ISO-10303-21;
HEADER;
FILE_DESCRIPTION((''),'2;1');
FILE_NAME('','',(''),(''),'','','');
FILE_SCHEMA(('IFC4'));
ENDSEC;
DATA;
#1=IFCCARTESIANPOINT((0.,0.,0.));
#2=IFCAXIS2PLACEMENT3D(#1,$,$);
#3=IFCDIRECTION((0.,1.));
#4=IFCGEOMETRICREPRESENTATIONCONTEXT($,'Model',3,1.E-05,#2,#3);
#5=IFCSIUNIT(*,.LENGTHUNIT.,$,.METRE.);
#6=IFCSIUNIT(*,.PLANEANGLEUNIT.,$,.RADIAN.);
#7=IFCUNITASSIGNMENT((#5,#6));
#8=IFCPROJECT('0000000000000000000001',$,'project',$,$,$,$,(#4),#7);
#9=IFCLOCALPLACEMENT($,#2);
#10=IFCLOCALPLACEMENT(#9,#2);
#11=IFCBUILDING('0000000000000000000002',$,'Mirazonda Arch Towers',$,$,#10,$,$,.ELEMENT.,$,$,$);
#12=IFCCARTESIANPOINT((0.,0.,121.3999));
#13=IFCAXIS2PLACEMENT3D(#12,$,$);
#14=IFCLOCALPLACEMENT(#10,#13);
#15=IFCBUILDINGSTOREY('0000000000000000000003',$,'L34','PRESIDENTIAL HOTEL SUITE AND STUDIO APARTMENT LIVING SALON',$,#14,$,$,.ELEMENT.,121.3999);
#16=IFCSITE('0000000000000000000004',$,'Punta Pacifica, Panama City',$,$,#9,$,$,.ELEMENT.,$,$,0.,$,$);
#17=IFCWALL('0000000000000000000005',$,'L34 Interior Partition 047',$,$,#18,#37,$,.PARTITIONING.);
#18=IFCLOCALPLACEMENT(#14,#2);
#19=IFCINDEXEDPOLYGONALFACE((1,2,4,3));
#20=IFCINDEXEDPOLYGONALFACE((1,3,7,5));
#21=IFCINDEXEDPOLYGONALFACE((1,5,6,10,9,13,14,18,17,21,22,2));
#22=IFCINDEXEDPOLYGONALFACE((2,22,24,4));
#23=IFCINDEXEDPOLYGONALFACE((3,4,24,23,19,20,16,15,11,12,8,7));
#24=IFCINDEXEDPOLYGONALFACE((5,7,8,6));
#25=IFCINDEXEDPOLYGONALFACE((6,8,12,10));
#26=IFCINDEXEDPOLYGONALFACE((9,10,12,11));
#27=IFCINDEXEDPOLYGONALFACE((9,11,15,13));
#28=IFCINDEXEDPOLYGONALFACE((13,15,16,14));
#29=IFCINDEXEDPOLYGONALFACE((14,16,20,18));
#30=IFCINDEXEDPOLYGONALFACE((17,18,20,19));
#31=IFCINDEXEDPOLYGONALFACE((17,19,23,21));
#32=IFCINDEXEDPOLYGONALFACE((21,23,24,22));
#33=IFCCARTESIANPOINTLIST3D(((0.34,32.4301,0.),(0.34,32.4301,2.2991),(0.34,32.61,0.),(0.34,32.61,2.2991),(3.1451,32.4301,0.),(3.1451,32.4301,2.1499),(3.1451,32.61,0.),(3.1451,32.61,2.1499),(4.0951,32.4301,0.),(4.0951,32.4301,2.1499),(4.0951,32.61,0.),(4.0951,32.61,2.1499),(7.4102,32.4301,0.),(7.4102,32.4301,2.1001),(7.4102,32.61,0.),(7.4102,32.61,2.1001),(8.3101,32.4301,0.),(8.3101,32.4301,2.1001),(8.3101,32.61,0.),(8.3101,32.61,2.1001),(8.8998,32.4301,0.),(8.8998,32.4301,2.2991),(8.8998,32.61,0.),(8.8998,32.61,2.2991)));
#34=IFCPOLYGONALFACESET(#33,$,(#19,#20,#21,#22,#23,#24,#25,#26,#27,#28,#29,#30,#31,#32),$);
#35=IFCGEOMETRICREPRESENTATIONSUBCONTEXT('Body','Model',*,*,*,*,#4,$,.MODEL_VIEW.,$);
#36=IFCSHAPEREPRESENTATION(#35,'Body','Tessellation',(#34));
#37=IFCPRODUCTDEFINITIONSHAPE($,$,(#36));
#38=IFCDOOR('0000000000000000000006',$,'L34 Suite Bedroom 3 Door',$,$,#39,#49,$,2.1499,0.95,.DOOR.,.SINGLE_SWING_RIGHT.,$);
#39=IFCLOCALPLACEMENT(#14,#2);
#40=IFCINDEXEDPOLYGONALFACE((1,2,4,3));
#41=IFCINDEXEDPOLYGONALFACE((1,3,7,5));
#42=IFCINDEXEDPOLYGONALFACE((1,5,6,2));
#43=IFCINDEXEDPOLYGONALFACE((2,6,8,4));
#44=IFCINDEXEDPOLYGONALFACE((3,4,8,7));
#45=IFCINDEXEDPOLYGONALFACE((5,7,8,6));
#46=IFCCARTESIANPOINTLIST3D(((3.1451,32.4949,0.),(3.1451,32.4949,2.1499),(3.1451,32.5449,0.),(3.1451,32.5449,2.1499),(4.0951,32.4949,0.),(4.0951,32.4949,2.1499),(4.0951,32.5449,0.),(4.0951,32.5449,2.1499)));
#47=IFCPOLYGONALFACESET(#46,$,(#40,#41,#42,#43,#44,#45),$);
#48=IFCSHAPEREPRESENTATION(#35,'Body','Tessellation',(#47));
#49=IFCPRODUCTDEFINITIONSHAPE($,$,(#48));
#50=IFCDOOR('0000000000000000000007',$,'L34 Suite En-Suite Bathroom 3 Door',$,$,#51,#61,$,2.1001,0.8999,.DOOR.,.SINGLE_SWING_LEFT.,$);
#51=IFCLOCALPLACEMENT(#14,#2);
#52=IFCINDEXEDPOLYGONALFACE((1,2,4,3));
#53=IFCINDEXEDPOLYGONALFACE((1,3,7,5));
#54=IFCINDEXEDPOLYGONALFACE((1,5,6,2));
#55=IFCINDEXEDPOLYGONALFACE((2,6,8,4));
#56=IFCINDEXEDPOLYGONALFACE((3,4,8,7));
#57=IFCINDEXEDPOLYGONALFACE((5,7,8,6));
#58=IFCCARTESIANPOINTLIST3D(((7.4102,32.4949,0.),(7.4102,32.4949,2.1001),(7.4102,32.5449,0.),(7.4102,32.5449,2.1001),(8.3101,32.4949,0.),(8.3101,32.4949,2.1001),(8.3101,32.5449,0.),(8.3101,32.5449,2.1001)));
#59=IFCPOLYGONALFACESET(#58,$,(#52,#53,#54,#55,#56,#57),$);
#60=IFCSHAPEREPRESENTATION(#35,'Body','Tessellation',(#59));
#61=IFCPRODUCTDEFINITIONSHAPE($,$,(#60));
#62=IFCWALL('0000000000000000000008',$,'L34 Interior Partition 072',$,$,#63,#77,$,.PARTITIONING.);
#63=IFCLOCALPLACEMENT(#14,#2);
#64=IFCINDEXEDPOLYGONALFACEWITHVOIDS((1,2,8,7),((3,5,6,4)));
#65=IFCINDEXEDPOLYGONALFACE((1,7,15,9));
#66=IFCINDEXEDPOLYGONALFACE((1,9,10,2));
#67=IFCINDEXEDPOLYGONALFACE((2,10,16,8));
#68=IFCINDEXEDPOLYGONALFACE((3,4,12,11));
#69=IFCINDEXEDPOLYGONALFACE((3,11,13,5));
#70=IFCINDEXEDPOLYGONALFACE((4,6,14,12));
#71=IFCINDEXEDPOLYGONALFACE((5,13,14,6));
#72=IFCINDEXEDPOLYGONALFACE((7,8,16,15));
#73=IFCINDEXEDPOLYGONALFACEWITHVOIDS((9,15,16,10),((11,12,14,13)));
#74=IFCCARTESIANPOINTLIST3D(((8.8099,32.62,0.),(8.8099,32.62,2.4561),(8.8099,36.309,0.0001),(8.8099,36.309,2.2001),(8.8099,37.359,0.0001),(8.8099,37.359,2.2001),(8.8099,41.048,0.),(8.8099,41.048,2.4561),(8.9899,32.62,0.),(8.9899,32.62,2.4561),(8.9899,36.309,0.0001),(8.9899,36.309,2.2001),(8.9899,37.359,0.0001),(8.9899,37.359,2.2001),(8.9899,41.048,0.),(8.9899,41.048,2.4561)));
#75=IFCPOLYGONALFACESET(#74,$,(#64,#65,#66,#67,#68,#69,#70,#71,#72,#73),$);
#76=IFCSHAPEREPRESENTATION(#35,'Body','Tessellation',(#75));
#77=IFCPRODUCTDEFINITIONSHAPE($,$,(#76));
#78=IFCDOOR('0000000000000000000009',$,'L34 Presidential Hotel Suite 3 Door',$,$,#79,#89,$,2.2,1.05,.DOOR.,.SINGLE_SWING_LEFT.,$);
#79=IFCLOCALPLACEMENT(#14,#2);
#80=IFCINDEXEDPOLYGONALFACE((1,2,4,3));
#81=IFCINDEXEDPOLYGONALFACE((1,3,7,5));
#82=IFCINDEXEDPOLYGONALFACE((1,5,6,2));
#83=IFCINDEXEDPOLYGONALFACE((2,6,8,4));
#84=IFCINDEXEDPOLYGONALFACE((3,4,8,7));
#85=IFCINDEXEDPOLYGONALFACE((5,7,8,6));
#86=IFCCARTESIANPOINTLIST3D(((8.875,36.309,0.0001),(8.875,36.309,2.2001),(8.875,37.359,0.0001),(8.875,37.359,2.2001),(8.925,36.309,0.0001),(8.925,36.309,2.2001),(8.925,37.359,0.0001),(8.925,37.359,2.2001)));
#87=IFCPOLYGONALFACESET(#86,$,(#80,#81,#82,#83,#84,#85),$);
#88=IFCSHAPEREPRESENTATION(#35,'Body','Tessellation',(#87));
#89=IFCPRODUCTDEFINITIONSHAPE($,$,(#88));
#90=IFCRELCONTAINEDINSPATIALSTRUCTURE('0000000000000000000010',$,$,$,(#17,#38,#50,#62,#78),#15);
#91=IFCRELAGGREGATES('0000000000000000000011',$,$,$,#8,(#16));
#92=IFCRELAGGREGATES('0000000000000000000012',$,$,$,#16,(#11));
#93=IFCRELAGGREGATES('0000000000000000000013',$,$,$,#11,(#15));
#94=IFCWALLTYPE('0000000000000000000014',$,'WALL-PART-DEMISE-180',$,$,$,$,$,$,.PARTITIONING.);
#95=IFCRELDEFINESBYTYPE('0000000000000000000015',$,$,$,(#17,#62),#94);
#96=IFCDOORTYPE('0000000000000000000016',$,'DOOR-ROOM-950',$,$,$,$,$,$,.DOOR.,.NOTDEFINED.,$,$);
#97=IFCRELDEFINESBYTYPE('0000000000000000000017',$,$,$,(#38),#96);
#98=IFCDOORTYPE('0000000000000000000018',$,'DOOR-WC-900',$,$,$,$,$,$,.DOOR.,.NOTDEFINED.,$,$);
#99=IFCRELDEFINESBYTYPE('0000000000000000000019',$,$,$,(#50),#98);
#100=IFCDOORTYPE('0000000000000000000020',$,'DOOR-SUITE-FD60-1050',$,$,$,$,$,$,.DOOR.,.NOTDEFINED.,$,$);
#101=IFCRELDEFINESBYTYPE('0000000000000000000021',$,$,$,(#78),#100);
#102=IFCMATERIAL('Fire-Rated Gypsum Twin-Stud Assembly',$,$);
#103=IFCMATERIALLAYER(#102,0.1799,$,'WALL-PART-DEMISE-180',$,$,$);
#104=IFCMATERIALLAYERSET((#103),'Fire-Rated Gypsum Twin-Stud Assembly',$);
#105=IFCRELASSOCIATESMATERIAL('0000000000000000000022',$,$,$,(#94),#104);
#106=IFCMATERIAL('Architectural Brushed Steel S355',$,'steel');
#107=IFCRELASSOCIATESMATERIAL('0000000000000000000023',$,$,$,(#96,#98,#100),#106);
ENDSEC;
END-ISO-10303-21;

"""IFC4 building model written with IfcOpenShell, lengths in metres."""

from ifc_helpers import new_model, si_unit, direction, frame, frame_2d, origin, place, context, subcontext, project, spatial, rectangle, extrude, material, layer, layer_set, type_object, element, fill, save


model = new_model("IFC4")

# Units and contexts
model_context = context("Model", 3, precision=1e-05, world=origin(), true_north=direction((0.0, 1.0)))
body_context = subcontext(model_context, "Body", "Model", "MODEL_VIEW")
ifc_project = project(units=[si_unit("LENGTHUNIT", "METRE"), si_unit("PLANEANGLEUNIT", "RADIAN")], contexts=[model_context])

# Site, building, storey
site_placement = place(None, origin())
site = spatial("IfcSite", under=ifc_project, at=site_placement, Name="Punta Pacifica, Panama City", CompositionType="ELEMENT", RefElevation=0.0)
building_placement = place(site_placement, origin())
building = spatial("IfcBuilding", under=site, at=building_placement, Name="Mirazonda Arch Towers", CompositionType="ELEMENT")
storey_placement = place(building_placement, frame((0.0, 0.0, 121.3999)))
storey = spatial("IfcBuildingStorey", under=building, at=storey_placement, Name="L34", Description="PRESIDENTIAL HOTEL SUITE AND STUDIO APARTMENT LIVING SALON", CompositionType="ELEMENT", Elevation=121.3999)

# Shared definitions
ifc_material_1 = material(Name="Architectural Brushed Steel S355", Category="steel")

# Wall, openings, doors
ifc_material_2 = material(Name="Fire-Rated Gypsum Twin-Stud Assembly")
ifc_layer_1 = layer(ifc_material_2, 0.1799, Name="WALL-PART-DEMISE-180")
ifc_layer_set_1 = layer_set([ifc_layer_1], Name="Fire-Rated Gypsum Twin-Stud Assembly")
wall_type_1 = type_object("IfcWallType", Name="WALL-PART-DEMISE-180", PredefinedType="PARTITIONING", material=ifc_layer_set_1)
wall_1_placement = place(storey_placement, frame((0.3401, 32.52, 0.0), z_axis=(0.0, 0.0, 1.0), x_axis=(1.0, 0.0, 0.0)))
wall_1 = element("IfcWall", 1, at=wall_1_placement, inside=storey, type_object=wall_type_1, Name="L34 Interior Partition 047", PredefinedType="PARTITIONING", context=body_context, shape_type="SweptSolid", body=[
    extrude(rectangle(XDim=8.5598, YDim=0.1799, at=frame_2d((4.2798, 0.0))), origin(), (0.0, 0.0, 1.0), 2.2991),
])
opening_1_placement = place(wall_1_placement, frame((2.8049, 0.0, 0.0)))
opening_1 = element("IfcOpeningElement", 2, at=opening_1_placement, cuts=wall_1, PredefinedType="OPENING", context=body_context, shape_type="SweptSolid", body=[
    extrude(rectangle(XDim=0.95, YDim=2.1499, at=frame_2d((0.4751, 1.075))), frame((0.0, 0.0999, 0.0), z_axis=(0.0, -1.0, 0.0), x_axis=(1.0, 0.0, 0.0)), (0.0, 0.0, 1.0), 0.2),
])
opening_2_placement = place(wall_1_placement, frame((7.0701, 0.0, 0.0)))
opening_2 = element("IfcOpeningElement", 3, at=opening_2_placement, cuts=wall_1, PredefinedType="OPENING", context=body_context, shape_type="SweptSolid", body=[
    extrude(rectangle(XDim=0.8999, YDim=2.1001, at=frame_2d((0.45, 1.05))), frame((0.0, 0.0999, 0.0), z_axis=(0.0, -1.0, 0.0), x_axis=(1.0, 0.0, 0.0)), (0.0, 0.0, 1.0), 0.2),
])
door_type_1 = type_object("IfcDoorType", Name="DOOR-ROOM-950", OperationType="NOTDEFINED", PredefinedType="DOOR", material=ifc_material_1)
door_1_placement = place(opening_1_placement, origin())
door_1 = element("IfcDoor", 4, at=door_1_placement, inside=storey, type_object=door_type_1, Name="L34 Suite Bedroom 3 Door", OperationType="SINGLE_SWING_RIGHT", OverallHeight=2.1499, OverallWidth=0.95, PredefinedType="DOOR", context=body_context, shape_type="SweptSolid", body=[
    extrude(rectangle(XDim=0.95, YDim=2.1499, at=frame_2d((0.4751, 1.075))), frame((0.0, 0.0249, 0.0), z_axis=(0.0, -1.0, 0.0), x_axis=(1.0, 0.0, 0.0)), (0.0, 0.0, 1.0), 0.05),
])
fill(opening_1, door_1)
door_type_2 = type_object("IfcDoorType", Name="DOOR-WC-900", OperationType="NOTDEFINED", PredefinedType="DOOR", material=ifc_material_1)
door_2_placement = place(opening_2_placement, origin())
door_2 = element("IfcDoor", 5, at=door_2_placement, inside=storey, type_object=door_type_2, Name="L34 Suite En-Suite Bathroom 3 Door", OperationType="SINGLE_SWING_LEFT", OverallHeight=2.1001, OverallWidth=0.8999, PredefinedType="DOOR", context=body_context, shape_type="SweptSolid", body=[
    extrude(rectangle(XDim=0.8999, YDim=2.1001, at=frame_2d((0.45, 1.05))), frame((0.0, 0.0249, 0.0), z_axis=(0.0, -1.0, 0.0), x_axis=(1.0, 0.0, 0.0)), (0.0, 0.0, 1.0), 0.05),
])
fill(opening_2, door_2)

# Wall, opening, door
wall_2_placement = place(storey_placement, frame((8.8999, 32.6201, 0.0), z_axis=(0.0, 0.0, 1.0), x_axis=(0.0, 1.0, 0.0)))
wall_2 = element("IfcWall", 6, at=wall_2_placement, inside=storey, type_object=wall_type_1, Name="L34 Interior Partition 072", PredefinedType="PARTITIONING", context=body_context, shape_type="SweptSolid", body=[
    extrude(rectangle(XDim=8.428, YDim=0.1799, at=frame_2d((4.2139, 0.0))), origin(), (0.0, 0.0, 1.0), 2.4561),
])
opening_3_placement = place(wall_2_placement, frame((3.689, 0.0, 0.0)))
opening_3 = element("IfcOpeningElement", 7, at=opening_3_placement, cuts=wall_2, PredefinedType="OPENING", context=body_context, shape_type="SweptSolid", body=[
    extrude(rectangle(XDim=1.05, YDim=2.2, at=frame_2d((0.5249, 1.1001))), frame((0.0, 0.0999, 0.0), z_axis=(0.0, -1.0, 0.0), x_axis=(1.0, 0.0, 0.0)), (0.0, 0.0, 1.0), 0.2),
])
door_type_3 = type_object("IfcDoorType", Name="DOOR-SUITE-FD60-1050", OperationType="NOTDEFINED", PredefinedType="DOOR", material=ifc_material_1)
door_3_placement = place(opening_3_placement, origin())
door_3 = element("IfcDoor", 8, at=door_3_placement, inside=storey, type_object=door_type_3, Name="L34 Presidential Hotel Suite 3 Door", OperationType="SINGLE_SWING_LEFT", OverallHeight=2.2, OverallWidth=1.05, PredefinedType="DOOR", context=body_context, shape_type="SweptSolid", body=[
    extrude(rectangle(XDim=1.05, YDim=2.2, at=frame_2d((0.5249, 1.1001))), frame((0.0, 0.0249, 0.0), z_axis=(0.0, -1.0, 0.0), x_axis=(1.0, 0.0, 0.0)), (0.0, 0.0, 1.0), 0.05),
])
fill(opening_3, door_3)

save(model, "model.ifc")
